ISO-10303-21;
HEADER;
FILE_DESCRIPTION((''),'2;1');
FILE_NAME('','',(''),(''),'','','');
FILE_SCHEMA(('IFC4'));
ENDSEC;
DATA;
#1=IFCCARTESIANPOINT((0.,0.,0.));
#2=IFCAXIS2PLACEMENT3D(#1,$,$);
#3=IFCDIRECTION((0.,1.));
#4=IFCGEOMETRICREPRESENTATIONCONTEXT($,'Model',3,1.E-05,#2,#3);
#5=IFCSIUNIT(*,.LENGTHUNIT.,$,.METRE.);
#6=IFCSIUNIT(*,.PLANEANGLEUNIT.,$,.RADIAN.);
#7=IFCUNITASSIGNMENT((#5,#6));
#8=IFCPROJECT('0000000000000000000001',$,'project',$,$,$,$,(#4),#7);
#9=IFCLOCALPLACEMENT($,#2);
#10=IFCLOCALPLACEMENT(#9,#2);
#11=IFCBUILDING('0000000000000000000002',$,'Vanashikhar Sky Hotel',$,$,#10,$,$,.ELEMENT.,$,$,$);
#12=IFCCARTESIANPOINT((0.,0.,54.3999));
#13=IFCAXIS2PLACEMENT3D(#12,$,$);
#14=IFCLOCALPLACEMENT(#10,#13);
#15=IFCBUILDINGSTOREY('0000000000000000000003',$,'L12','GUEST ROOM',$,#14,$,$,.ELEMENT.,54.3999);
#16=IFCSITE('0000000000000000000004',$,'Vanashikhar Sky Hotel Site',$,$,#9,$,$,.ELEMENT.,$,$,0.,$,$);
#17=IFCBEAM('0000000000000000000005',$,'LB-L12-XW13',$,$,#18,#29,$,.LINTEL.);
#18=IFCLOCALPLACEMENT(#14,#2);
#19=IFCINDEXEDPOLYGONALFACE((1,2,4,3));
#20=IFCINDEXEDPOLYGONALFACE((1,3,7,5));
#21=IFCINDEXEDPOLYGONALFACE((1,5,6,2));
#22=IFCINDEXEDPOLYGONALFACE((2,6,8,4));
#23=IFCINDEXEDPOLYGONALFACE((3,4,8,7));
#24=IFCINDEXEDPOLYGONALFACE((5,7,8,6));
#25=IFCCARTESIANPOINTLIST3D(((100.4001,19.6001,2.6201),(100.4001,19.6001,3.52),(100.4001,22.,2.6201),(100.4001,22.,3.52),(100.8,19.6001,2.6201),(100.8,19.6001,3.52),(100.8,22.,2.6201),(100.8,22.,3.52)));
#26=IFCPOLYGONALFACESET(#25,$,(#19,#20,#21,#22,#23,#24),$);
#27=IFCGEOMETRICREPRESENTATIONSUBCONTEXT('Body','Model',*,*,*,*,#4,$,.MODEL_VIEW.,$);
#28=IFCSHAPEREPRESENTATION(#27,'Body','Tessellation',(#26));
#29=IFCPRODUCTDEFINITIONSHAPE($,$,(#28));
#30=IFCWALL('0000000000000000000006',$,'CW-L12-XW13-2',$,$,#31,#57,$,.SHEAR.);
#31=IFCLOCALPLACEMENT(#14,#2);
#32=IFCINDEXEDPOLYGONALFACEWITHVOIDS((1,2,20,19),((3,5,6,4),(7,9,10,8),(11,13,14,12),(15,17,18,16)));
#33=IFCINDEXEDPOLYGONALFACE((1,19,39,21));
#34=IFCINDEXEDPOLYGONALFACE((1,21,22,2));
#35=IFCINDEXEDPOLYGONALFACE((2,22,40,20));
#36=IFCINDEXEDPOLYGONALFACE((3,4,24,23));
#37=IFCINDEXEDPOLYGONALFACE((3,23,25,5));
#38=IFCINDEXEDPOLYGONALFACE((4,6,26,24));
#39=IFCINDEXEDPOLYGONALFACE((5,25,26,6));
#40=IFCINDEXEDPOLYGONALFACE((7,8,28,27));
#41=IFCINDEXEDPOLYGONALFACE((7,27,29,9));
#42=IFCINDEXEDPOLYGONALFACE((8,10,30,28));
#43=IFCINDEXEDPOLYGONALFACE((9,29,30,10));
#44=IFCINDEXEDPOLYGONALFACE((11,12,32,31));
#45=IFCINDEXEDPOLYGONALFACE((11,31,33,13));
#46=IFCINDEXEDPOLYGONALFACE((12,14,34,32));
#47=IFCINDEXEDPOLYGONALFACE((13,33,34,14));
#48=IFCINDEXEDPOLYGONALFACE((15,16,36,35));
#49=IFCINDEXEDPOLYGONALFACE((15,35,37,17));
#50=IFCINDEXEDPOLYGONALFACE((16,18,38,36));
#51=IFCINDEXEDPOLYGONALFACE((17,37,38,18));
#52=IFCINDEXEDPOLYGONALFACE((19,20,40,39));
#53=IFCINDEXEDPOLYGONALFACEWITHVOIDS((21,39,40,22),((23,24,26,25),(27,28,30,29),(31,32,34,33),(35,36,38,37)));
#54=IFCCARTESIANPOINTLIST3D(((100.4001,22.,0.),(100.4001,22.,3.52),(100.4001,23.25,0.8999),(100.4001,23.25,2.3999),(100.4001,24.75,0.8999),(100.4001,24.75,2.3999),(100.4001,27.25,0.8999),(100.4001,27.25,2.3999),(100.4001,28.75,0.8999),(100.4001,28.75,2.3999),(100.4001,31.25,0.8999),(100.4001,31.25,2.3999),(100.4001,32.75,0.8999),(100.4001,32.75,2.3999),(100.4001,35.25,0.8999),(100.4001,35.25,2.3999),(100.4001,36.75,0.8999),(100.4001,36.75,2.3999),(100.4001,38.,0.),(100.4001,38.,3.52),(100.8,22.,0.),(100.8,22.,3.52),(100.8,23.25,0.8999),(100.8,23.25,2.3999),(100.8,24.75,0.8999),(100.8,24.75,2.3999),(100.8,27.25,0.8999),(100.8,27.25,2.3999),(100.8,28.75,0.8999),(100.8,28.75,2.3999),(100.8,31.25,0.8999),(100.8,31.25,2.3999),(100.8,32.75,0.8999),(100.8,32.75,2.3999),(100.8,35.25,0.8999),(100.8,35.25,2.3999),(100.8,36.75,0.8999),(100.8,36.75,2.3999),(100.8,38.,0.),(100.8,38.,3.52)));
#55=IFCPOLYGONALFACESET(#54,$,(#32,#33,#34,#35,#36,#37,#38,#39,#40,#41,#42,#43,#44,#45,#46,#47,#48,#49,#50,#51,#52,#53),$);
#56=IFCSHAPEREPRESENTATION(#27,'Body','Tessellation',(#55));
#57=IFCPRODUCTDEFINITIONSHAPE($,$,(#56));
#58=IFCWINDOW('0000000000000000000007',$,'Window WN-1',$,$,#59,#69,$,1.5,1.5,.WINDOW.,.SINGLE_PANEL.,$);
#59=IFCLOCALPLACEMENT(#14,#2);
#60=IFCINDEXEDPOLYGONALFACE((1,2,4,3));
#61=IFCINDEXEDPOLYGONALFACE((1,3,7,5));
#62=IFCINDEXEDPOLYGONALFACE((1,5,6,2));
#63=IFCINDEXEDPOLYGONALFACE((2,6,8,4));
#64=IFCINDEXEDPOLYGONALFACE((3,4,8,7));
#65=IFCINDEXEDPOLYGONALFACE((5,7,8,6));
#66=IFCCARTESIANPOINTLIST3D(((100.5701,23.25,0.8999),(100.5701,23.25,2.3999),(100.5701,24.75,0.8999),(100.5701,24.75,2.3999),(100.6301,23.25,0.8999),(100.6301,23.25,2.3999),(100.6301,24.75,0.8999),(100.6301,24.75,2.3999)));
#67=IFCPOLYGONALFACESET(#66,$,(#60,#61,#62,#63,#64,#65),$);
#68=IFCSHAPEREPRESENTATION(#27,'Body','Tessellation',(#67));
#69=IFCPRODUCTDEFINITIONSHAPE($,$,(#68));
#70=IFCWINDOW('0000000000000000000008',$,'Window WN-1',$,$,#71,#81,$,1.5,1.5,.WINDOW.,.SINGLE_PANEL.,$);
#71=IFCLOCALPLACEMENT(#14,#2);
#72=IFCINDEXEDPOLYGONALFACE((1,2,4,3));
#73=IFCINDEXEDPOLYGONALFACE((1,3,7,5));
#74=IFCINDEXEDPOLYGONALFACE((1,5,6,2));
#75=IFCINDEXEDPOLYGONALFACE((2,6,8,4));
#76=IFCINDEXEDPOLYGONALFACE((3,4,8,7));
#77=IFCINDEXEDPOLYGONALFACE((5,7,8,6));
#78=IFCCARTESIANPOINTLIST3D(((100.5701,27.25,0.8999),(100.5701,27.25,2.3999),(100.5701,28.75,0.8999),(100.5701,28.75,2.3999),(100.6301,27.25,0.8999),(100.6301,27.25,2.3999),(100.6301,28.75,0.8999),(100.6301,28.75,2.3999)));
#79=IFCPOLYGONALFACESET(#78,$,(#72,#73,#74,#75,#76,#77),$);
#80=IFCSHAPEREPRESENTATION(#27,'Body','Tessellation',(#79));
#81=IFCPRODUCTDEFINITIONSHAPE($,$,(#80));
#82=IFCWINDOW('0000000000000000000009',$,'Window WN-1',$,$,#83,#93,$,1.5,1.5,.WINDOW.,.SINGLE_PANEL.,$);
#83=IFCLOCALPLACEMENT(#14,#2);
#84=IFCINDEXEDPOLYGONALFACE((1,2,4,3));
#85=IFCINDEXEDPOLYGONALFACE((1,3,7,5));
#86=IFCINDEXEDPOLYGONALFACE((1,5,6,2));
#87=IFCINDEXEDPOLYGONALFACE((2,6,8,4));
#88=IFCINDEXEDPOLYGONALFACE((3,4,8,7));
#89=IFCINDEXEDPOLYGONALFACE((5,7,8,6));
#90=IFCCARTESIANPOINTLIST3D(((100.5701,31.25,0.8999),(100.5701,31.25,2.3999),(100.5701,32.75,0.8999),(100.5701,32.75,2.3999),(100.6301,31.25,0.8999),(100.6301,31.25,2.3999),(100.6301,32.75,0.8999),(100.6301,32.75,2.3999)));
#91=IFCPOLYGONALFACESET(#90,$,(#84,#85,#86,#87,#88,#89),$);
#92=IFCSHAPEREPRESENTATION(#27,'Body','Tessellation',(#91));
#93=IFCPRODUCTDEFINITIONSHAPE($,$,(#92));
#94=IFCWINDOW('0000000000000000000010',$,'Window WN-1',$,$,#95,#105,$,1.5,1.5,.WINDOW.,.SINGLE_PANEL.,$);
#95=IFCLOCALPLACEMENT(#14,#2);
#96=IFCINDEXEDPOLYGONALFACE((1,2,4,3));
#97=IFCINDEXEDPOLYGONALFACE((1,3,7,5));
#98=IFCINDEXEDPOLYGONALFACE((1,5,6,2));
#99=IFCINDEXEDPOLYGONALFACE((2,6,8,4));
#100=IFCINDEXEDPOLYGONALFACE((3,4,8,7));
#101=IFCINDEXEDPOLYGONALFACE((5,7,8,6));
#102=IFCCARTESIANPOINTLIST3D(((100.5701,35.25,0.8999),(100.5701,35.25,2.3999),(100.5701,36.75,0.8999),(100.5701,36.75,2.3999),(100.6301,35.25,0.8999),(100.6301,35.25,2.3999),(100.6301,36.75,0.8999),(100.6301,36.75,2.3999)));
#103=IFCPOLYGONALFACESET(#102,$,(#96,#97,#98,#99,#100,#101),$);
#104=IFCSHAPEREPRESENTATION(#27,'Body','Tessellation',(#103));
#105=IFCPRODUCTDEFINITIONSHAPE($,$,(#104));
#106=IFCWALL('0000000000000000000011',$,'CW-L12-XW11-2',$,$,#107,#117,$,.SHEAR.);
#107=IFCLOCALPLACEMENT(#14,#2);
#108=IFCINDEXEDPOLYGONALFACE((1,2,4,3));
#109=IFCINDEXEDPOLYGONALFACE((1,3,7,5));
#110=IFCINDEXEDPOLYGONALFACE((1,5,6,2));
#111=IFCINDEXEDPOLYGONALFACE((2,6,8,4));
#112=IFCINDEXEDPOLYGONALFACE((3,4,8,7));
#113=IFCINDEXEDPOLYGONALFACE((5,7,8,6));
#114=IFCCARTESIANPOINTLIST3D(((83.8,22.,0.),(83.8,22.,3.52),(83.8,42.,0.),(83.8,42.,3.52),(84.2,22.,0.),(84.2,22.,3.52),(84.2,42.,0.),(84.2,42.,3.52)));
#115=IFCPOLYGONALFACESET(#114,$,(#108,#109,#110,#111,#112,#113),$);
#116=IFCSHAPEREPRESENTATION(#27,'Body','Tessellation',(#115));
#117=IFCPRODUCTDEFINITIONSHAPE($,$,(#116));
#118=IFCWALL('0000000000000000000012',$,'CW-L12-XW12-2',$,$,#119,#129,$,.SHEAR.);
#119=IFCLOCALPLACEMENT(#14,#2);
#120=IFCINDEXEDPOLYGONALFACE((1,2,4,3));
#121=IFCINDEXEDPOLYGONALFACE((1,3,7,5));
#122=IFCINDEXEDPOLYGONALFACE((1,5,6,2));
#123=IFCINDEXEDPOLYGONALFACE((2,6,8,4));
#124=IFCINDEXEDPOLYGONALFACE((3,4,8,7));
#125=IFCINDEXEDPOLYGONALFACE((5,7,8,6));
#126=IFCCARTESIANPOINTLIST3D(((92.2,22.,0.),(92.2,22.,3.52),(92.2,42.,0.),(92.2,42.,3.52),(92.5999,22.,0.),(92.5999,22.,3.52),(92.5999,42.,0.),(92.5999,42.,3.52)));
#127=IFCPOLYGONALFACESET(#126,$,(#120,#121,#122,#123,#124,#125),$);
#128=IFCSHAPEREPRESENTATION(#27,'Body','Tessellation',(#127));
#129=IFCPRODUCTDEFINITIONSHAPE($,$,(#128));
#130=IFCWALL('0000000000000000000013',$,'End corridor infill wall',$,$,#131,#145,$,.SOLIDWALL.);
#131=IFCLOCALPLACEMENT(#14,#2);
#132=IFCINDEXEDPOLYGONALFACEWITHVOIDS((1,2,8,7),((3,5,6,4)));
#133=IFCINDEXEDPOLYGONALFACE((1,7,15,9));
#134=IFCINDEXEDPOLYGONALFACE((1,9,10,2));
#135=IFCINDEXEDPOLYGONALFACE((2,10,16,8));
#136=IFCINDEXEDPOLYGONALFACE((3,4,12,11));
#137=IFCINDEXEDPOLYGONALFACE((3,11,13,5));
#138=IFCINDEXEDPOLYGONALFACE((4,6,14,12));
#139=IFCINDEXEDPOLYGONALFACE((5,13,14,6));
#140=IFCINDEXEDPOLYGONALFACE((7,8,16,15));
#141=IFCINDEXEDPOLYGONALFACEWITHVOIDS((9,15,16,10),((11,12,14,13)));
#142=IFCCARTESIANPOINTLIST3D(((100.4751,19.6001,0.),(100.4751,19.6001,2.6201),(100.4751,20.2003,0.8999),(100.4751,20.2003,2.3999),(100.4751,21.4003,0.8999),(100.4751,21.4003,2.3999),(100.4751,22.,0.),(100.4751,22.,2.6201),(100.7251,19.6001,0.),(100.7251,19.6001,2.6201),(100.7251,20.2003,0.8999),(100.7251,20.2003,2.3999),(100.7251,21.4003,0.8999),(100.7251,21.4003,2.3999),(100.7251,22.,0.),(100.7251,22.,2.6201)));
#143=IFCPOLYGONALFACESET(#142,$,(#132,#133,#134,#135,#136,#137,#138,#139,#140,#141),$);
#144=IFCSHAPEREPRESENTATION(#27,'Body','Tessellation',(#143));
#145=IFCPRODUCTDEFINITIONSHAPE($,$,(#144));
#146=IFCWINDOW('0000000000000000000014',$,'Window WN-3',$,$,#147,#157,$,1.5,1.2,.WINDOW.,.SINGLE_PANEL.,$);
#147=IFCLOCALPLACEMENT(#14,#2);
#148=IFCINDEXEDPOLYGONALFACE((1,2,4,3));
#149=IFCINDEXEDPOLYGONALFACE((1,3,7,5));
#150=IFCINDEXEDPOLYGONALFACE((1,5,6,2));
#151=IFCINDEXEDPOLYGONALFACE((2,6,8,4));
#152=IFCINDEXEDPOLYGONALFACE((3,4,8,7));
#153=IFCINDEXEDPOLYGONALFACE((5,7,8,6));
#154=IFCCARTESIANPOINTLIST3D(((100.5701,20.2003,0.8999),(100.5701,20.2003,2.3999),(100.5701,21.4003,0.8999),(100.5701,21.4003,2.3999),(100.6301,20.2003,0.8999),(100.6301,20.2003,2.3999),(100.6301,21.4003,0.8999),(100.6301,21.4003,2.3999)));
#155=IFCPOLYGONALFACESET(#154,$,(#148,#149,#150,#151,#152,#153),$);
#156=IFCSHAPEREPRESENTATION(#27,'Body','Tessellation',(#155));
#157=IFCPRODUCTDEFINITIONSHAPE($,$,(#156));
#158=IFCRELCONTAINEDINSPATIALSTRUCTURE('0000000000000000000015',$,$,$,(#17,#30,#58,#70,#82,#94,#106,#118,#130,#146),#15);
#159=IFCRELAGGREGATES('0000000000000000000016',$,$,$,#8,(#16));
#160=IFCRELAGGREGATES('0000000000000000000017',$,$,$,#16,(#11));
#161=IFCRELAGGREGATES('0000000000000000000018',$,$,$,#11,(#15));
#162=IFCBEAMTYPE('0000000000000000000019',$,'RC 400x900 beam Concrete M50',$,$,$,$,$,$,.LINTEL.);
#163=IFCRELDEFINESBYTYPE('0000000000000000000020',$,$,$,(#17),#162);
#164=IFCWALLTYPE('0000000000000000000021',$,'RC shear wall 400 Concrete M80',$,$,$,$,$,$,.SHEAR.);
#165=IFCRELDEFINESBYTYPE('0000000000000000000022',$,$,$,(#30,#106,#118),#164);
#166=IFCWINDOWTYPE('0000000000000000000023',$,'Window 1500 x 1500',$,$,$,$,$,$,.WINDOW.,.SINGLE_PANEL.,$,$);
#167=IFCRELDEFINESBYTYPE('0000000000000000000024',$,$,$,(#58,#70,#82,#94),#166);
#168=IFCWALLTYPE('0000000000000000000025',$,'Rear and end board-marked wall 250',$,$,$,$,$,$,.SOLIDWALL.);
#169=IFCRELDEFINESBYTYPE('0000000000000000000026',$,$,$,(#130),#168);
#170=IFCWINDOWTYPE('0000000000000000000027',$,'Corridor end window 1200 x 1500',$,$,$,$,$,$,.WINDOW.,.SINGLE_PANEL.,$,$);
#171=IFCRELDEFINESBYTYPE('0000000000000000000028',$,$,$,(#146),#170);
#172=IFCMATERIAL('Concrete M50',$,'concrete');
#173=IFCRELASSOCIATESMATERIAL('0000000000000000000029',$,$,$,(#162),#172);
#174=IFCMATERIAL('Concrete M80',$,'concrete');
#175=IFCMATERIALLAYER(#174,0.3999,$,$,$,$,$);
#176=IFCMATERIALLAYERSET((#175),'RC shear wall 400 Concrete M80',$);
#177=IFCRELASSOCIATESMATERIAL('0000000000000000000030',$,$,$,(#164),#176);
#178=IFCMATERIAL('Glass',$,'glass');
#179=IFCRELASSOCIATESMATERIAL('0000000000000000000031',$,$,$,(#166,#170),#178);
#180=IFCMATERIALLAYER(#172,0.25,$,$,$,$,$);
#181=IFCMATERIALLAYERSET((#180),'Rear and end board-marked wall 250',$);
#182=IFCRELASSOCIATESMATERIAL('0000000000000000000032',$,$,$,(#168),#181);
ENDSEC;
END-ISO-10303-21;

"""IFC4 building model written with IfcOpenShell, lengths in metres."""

from ifc_helpers import new_model, si_unit, direction, frame, frame_2d, origin, origin_2d, place, context, subcontext, project, spatial, rectangle, extrude, source, transform, mapped, material, layer, layer_set, material_profile, profile_set, type_object, element, fill, save


model = new_model("IFC4")

# Units and contexts
model_context = context("Model", 3, precision=1e-05, world=origin(), true_north=direction((0.0, 1.0)))
body_context = subcontext(model_context, "Body", "Model", "MODEL_VIEW")
ifc_project = project(units=[si_unit("LENGTHUNIT", "METRE"), si_unit("PLANEANGLEUNIT", "RADIAN")], contexts=[model_context])

# Site, building, storey
site_placement = place(None, origin())
site = spatial("IfcSite", under=ifc_project, at=site_placement, Name="Vanashikhar Sky Hotel Site", CompositionType="ELEMENT", RefElevation=0.0)
building_placement = place(site_placement, origin())
building = spatial("IfcBuilding", under=site, at=building_placement, Name="Vanashikhar Sky Hotel", CompositionType="ELEMENT")
storey_placement = place(building_placement, frame((0.0, 0.0, 54.3999)))
storey = spatial("IfcBuildingStorey", under=building, at=storey_placement, Name="L12", Description="GUEST ROOM", CompositionType="ELEMENT", Elevation=54.3999)

# Beam
ifc_material_1 = material(Name="Concrete M50", Category="concrete")
ifc_material_profile = material_profile(ifc_material_1, rectangle(XDim=0.3999, YDim=0.8999, at=origin_2d()))
ifc_profile_set = profile_set([ifc_material_profile], Name="RC 400x900 beam Concrete M50")
beam_type = type_object("IfcBeamType", Name="RC 400x900 beam Concrete M50", PredefinedType="LINTEL", material=ifc_profile_set)
shared_shape_1 = source(origin(), body_context, "Body", "SweptSolid", [
    extrude(rectangle(XDim=0.3999, YDim=0.8999, at=origin_2d()), origin(), (0.0, 0.0, 1.0), 2.3999),
])
beam_placement = place(storey_placement, frame((100.6001, 19.6001, 3.0701), z_axis=(0.0, 1.0, 0.0), x_axis=(-1.0, 0.0, 0.0)))
element("IfcBeam", 1, at=beam_placement, inside=storey, type_object=beam_type, Name="LB-L12-XW13", PredefinedType="LINTEL", context=body_context, shape_type="MappedRepresentation", body=[
    mapped(shared_shape_1, transform((0.0, 0.0, 0.0), scale=1.0)),
])

# Wall, openings, windows
ifc_material_2 = material(Name="Concrete M80", Category="concrete")
ifc_layer_1 = layer(ifc_material_2, 0.3999)
ifc_layer_set_1 = layer_set([ifc_layer_1], Name="RC shear wall 400 Concrete M80")
wall_type_1 = type_object("IfcWallType", Name="RC shear wall 400 Concrete M80", PredefinedType="SHEAR", material=ifc_layer_set_1)
shared_shape_2 = source(origin(), body_context, "Body", "SweptSolid", [
    extrude(rectangle(XDim=16.0, YDim=0.3999, at=frame_2d((8.0, 0.0))), origin(), (0.0, 0.0, 1.0), 3.52),
])
wall_1_placement = place(storey_placement, frame((100.6001, 22.0, 0.0), z_axis=(0.0, 0.0, 1.0), x_axis=(0.0, 1.0, 0.0)))
wall_1 = element("IfcWall", 2, at=wall_1_placement, inside=storey, type_object=wall_type_1, Name="CW-L12-XW13-2", PredefinedType="SHEAR", context=body_context, shape_type="MappedRepresentation", body=[
    mapped(shared_shape_2, transform((0.0, 0.0, 0.0), scale=1.0)),
])
shared_shape_3 = source(origin(), body_context, "Body", "SweptSolid", [
    extrude(rectangle(XDim=1.5, YDim=1.5, at=frame_2d((0.75, 0.75))), frame((0.0, 0.21, 0.0), z_axis=(0.0, -1.0, 0.0), x_axis=(1.0, 0.0, 0.0)), (0.0, 0.0, 1.0), 0.4199),
])
opening_1_placement = place(wall_1_placement, frame((1.25, 0.0, 0.8999)))
opening_1 = element("IfcOpeningElement", 3, at=opening_1_placement, cuts=wall_1, PredefinedType="OPENING", context=body_context, shape_type="MappedRepresentation", body=[
    mapped(shared_shape_3, transform((0.0, 0.0, 0.0), scale=1.0)),
])
opening_2_placement = place(wall_1_placement, frame((5.25, 0.0, 0.8999)))
opening_2 = element("IfcOpeningElement", 4, at=opening_2_placement, cuts=wall_1, PredefinedType="OPENING", context=body_context, shape_type="MappedRepresentation", body=[
    mapped(shared_shape_3, transform((0.0, 0.0, 0.0), scale=1.0)),
])
opening_3_placement = place(wall_1_placement, frame((9.25, 0.0, 0.8999)))
opening_3 = element("IfcOpeningElement", 5, at=opening_3_placement, cuts=wall_1, PredefinedType="OPENING", context=body_context, shape_type="MappedRepresentation", body=[
    mapped(shared_shape_3, transform((0.0, 0.0, 0.0), scale=1.0)),
])
opening_4_placement = place(wall_1_placement, frame((13.25, 0.0, 0.8999)))
opening_4 = element("IfcOpeningElement", 6, at=opening_4_placement, cuts=wall_1, PredefinedType="OPENING", context=body_context, shape_type="MappedRepresentation", body=[
    mapped(shared_shape_3, transform((0.0, 0.0, 0.0), scale=1.0)),
])
ifc_material_3 = material(Name="Glass", Category="glass")
window_type_1 = type_object("IfcWindowType", Name="Window 1500 x 1500", PartitioningType="SINGLE_PANEL", PredefinedType="WINDOW", material=ifc_material_3)
shared_shape_4 = source(origin(), body_context, "Body", "SweptSolid", [
    extrude(rectangle(XDim=1.5, YDim=1.5, at=frame_2d((0.75, 0.75))), frame((0.0, 0.03, 0.0), z_axis=(0.0, -1.0, 0.0), x_axis=(1.0, 0.0, 0.0)), (0.0, 0.0, 1.0), 0.0601),
])
window_1_placement = place(opening_1_placement, origin())
window_1 = element("IfcWindow", 7, at=window_1_placement, inside=storey, type_object=window_type_1, Name="Window WN-1", OverallHeight=1.5, OverallWidth=1.5, PartitioningType="SINGLE_PANEL", PredefinedType="WINDOW", context=body_context, shape_type="MappedRepresentation", body=[
    mapped(shared_shape_4, transform((0.0, 0.0, 0.0), scale=1.0)),
])
fill(opening_1, window_1)
window_2_placement = place(opening_2_placement, origin())
window_2 = element("IfcWindow", 8, at=window_2_placement, inside=storey, type_object=window_type_1, Name="Window WN-1", OverallHeight=1.5, OverallWidth=1.5, PartitioningType="SINGLE_PANEL", PredefinedType="WINDOW", context=body_context, shape_type="MappedRepresentation", body=[
    mapped(shared_shape_4, transform((0.0, 0.0, 0.0), scale=1.0)),
])
fill(opening_2, window_2)
window_3_placement = place(opening_3_placement, origin())
window_3 = element("IfcWindow", 9, at=window_3_placement, inside=storey, type_object=window_type_1, Name="Window WN-1", OverallHeight=1.5, OverallWidth=1.5, PartitioningType="SINGLE_PANEL", PredefinedType="WINDOW", context=body_context, shape_type="MappedRepresentation", body=[
    mapped(shared_shape_4, transform((0.0, 0.0, 0.0), scale=1.0)),
])
fill(opening_3, window_3)
window_4_placement = place(opening_4_placement, origin())
window_4 = element("IfcWindow", 10, at=window_4_placement, inside=storey, type_object=window_type_1, Name="Window WN-1", OverallHeight=1.5, OverallWidth=1.5, PartitioningType="SINGLE_PANEL", PredefinedType="WINDOW", context=body_context, shape_type="MappedRepresentation", body=[
    mapped(shared_shape_4, transform((0.0, 0.0, 0.0), scale=1.0)),
])
fill(opening_4, window_4)

# Walls
shared_shape_5 = source(origin(), body_context, "Body", "SweptSolid", [
    extrude(rectangle(XDim=20.0, YDim=0.3999, at=frame_2d((10.0, 0.0))), origin(), (0.0, 0.0, 1.0), 3.52),
])
for number, where, z_axis, x_axis, name in (
    (11, (84.0, 22.0, 0.0), (0.0, 0.0, 1.0), (0.0, 1.0, 0.0), "CW-L12-XW11-2"),
    (12, (92.3999, 22.0, 0.0), (0.0, 0.0, 1.0), (0.0, 1.0, 0.0), "CW-L12-XW12-2"),
):
    element("IfcWall", number, at=place(storey_placement, frame(where, z_axis=z_axis, x_axis=x_axis)), inside=storey, type_object=wall_type_1, Name=name, PredefinedType="SHEAR", context=body_context, shape_type="MappedRepresentation", body=[
        mapped(shared_shape_5, transform((0.0, 0.0, 0.0), scale=1.0)),
    ])

# Wall, opening, window
ifc_layer_2 = layer(ifc_material_1, 0.25)
ifc_layer_set_2 = layer_set([ifc_layer_2], Name="Rear and end board-marked wall 250")
wall_type_2 = type_object("IfcWallType", Name="Rear and end board-marked wall 250", PredefinedType="SOLIDWALL", material=ifc_layer_set_2)
shared_shape_6 = source(origin(), body_context, "Body", "SweptSolid", [
    extrude(rectangle(XDim=2.3999, YDim=0.25, at=frame_2d((1.2, 0.0))), origin(), (0.0, 0.0, 1.0), 2.6201),
])
wall_2_placement = place(storey_placement, frame((100.6001, 19.6001, 0.0), z_axis=(0.0, 0.0, 1.0), x_axis=(0.0, 1.0, 0.0)))
wall_2 = element("IfcWall", 13, at=wall_2_placement, inside=storey, type_object=wall_type_2, Name="End corridor infill wall", PredefinedType="SOLIDWALL", context=body_context, shape_type="MappedRepresentation", body=[
    mapped(shared_shape_6, transform((0.0, 0.0, 0.0), scale=1.0)),
])
shared_shape_7 = source(origin(), body_context, "Body", "SweptSolid", [
    extrude(rectangle(XDim=1.2, YDim=1.5, at=frame_2d((0.6001, 0.75))), frame((0.0, 0.135, 0.0), z_axis=(0.0, -1.0, 0.0), x_axis=(1.0, 0.0, 0.0)), (0.0, 0.0, 1.0), 0.27),
])
opening_5_placement = place(wall_2_placement, frame((0.6001, 0.0, 0.8999)))
opening_5 = element("IfcOpeningElement", 14, at=opening_5_placement, cuts=wall_2, PredefinedType="OPENING", context=body_context, shape_type="MappedRepresentation", body=[
    mapped(shared_shape_7, transform((0.0, 0.0, 0.0), scale=1.0)),
])
window_type_2 = type_object("IfcWindowType", Name="Corridor end window 1200 x 1500", PartitioningType="SINGLE_PANEL", PredefinedType="WINDOW", material=ifc_material_3)
shared_shape_8 = source(origin(), body_context, "Body", "SweptSolid", [
    extrude(rectangle(XDim=1.2, YDim=1.5, at=frame_2d((0.6001, 0.75))), frame((0.0, 0.03, 0.0), z_axis=(0.0, -1.0, 0.0), x_axis=(1.0, 0.0, 0.0)), (0.0, 0.0, 1.0), 0.0601),
])
window_5_placement = place(opening_5_placement, origin())
window_5 = element("IfcWindow", 15, at=window_5_placement, inside=storey, type_object=window_type_2, Name="Window WN-3", OverallHeight=1.5, OverallWidth=1.2, PartitioningType="SINGLE_PANEL", PredefinedType="WINDOW", context=body_context, shape_type="MappedRepresentation", body=[
    mapped(shared_shape_8, transform((0.0, 0.0, 0.0), scale=1.0)),
])
fill(opening_5, window_5)

save(model, "model.ifc")
